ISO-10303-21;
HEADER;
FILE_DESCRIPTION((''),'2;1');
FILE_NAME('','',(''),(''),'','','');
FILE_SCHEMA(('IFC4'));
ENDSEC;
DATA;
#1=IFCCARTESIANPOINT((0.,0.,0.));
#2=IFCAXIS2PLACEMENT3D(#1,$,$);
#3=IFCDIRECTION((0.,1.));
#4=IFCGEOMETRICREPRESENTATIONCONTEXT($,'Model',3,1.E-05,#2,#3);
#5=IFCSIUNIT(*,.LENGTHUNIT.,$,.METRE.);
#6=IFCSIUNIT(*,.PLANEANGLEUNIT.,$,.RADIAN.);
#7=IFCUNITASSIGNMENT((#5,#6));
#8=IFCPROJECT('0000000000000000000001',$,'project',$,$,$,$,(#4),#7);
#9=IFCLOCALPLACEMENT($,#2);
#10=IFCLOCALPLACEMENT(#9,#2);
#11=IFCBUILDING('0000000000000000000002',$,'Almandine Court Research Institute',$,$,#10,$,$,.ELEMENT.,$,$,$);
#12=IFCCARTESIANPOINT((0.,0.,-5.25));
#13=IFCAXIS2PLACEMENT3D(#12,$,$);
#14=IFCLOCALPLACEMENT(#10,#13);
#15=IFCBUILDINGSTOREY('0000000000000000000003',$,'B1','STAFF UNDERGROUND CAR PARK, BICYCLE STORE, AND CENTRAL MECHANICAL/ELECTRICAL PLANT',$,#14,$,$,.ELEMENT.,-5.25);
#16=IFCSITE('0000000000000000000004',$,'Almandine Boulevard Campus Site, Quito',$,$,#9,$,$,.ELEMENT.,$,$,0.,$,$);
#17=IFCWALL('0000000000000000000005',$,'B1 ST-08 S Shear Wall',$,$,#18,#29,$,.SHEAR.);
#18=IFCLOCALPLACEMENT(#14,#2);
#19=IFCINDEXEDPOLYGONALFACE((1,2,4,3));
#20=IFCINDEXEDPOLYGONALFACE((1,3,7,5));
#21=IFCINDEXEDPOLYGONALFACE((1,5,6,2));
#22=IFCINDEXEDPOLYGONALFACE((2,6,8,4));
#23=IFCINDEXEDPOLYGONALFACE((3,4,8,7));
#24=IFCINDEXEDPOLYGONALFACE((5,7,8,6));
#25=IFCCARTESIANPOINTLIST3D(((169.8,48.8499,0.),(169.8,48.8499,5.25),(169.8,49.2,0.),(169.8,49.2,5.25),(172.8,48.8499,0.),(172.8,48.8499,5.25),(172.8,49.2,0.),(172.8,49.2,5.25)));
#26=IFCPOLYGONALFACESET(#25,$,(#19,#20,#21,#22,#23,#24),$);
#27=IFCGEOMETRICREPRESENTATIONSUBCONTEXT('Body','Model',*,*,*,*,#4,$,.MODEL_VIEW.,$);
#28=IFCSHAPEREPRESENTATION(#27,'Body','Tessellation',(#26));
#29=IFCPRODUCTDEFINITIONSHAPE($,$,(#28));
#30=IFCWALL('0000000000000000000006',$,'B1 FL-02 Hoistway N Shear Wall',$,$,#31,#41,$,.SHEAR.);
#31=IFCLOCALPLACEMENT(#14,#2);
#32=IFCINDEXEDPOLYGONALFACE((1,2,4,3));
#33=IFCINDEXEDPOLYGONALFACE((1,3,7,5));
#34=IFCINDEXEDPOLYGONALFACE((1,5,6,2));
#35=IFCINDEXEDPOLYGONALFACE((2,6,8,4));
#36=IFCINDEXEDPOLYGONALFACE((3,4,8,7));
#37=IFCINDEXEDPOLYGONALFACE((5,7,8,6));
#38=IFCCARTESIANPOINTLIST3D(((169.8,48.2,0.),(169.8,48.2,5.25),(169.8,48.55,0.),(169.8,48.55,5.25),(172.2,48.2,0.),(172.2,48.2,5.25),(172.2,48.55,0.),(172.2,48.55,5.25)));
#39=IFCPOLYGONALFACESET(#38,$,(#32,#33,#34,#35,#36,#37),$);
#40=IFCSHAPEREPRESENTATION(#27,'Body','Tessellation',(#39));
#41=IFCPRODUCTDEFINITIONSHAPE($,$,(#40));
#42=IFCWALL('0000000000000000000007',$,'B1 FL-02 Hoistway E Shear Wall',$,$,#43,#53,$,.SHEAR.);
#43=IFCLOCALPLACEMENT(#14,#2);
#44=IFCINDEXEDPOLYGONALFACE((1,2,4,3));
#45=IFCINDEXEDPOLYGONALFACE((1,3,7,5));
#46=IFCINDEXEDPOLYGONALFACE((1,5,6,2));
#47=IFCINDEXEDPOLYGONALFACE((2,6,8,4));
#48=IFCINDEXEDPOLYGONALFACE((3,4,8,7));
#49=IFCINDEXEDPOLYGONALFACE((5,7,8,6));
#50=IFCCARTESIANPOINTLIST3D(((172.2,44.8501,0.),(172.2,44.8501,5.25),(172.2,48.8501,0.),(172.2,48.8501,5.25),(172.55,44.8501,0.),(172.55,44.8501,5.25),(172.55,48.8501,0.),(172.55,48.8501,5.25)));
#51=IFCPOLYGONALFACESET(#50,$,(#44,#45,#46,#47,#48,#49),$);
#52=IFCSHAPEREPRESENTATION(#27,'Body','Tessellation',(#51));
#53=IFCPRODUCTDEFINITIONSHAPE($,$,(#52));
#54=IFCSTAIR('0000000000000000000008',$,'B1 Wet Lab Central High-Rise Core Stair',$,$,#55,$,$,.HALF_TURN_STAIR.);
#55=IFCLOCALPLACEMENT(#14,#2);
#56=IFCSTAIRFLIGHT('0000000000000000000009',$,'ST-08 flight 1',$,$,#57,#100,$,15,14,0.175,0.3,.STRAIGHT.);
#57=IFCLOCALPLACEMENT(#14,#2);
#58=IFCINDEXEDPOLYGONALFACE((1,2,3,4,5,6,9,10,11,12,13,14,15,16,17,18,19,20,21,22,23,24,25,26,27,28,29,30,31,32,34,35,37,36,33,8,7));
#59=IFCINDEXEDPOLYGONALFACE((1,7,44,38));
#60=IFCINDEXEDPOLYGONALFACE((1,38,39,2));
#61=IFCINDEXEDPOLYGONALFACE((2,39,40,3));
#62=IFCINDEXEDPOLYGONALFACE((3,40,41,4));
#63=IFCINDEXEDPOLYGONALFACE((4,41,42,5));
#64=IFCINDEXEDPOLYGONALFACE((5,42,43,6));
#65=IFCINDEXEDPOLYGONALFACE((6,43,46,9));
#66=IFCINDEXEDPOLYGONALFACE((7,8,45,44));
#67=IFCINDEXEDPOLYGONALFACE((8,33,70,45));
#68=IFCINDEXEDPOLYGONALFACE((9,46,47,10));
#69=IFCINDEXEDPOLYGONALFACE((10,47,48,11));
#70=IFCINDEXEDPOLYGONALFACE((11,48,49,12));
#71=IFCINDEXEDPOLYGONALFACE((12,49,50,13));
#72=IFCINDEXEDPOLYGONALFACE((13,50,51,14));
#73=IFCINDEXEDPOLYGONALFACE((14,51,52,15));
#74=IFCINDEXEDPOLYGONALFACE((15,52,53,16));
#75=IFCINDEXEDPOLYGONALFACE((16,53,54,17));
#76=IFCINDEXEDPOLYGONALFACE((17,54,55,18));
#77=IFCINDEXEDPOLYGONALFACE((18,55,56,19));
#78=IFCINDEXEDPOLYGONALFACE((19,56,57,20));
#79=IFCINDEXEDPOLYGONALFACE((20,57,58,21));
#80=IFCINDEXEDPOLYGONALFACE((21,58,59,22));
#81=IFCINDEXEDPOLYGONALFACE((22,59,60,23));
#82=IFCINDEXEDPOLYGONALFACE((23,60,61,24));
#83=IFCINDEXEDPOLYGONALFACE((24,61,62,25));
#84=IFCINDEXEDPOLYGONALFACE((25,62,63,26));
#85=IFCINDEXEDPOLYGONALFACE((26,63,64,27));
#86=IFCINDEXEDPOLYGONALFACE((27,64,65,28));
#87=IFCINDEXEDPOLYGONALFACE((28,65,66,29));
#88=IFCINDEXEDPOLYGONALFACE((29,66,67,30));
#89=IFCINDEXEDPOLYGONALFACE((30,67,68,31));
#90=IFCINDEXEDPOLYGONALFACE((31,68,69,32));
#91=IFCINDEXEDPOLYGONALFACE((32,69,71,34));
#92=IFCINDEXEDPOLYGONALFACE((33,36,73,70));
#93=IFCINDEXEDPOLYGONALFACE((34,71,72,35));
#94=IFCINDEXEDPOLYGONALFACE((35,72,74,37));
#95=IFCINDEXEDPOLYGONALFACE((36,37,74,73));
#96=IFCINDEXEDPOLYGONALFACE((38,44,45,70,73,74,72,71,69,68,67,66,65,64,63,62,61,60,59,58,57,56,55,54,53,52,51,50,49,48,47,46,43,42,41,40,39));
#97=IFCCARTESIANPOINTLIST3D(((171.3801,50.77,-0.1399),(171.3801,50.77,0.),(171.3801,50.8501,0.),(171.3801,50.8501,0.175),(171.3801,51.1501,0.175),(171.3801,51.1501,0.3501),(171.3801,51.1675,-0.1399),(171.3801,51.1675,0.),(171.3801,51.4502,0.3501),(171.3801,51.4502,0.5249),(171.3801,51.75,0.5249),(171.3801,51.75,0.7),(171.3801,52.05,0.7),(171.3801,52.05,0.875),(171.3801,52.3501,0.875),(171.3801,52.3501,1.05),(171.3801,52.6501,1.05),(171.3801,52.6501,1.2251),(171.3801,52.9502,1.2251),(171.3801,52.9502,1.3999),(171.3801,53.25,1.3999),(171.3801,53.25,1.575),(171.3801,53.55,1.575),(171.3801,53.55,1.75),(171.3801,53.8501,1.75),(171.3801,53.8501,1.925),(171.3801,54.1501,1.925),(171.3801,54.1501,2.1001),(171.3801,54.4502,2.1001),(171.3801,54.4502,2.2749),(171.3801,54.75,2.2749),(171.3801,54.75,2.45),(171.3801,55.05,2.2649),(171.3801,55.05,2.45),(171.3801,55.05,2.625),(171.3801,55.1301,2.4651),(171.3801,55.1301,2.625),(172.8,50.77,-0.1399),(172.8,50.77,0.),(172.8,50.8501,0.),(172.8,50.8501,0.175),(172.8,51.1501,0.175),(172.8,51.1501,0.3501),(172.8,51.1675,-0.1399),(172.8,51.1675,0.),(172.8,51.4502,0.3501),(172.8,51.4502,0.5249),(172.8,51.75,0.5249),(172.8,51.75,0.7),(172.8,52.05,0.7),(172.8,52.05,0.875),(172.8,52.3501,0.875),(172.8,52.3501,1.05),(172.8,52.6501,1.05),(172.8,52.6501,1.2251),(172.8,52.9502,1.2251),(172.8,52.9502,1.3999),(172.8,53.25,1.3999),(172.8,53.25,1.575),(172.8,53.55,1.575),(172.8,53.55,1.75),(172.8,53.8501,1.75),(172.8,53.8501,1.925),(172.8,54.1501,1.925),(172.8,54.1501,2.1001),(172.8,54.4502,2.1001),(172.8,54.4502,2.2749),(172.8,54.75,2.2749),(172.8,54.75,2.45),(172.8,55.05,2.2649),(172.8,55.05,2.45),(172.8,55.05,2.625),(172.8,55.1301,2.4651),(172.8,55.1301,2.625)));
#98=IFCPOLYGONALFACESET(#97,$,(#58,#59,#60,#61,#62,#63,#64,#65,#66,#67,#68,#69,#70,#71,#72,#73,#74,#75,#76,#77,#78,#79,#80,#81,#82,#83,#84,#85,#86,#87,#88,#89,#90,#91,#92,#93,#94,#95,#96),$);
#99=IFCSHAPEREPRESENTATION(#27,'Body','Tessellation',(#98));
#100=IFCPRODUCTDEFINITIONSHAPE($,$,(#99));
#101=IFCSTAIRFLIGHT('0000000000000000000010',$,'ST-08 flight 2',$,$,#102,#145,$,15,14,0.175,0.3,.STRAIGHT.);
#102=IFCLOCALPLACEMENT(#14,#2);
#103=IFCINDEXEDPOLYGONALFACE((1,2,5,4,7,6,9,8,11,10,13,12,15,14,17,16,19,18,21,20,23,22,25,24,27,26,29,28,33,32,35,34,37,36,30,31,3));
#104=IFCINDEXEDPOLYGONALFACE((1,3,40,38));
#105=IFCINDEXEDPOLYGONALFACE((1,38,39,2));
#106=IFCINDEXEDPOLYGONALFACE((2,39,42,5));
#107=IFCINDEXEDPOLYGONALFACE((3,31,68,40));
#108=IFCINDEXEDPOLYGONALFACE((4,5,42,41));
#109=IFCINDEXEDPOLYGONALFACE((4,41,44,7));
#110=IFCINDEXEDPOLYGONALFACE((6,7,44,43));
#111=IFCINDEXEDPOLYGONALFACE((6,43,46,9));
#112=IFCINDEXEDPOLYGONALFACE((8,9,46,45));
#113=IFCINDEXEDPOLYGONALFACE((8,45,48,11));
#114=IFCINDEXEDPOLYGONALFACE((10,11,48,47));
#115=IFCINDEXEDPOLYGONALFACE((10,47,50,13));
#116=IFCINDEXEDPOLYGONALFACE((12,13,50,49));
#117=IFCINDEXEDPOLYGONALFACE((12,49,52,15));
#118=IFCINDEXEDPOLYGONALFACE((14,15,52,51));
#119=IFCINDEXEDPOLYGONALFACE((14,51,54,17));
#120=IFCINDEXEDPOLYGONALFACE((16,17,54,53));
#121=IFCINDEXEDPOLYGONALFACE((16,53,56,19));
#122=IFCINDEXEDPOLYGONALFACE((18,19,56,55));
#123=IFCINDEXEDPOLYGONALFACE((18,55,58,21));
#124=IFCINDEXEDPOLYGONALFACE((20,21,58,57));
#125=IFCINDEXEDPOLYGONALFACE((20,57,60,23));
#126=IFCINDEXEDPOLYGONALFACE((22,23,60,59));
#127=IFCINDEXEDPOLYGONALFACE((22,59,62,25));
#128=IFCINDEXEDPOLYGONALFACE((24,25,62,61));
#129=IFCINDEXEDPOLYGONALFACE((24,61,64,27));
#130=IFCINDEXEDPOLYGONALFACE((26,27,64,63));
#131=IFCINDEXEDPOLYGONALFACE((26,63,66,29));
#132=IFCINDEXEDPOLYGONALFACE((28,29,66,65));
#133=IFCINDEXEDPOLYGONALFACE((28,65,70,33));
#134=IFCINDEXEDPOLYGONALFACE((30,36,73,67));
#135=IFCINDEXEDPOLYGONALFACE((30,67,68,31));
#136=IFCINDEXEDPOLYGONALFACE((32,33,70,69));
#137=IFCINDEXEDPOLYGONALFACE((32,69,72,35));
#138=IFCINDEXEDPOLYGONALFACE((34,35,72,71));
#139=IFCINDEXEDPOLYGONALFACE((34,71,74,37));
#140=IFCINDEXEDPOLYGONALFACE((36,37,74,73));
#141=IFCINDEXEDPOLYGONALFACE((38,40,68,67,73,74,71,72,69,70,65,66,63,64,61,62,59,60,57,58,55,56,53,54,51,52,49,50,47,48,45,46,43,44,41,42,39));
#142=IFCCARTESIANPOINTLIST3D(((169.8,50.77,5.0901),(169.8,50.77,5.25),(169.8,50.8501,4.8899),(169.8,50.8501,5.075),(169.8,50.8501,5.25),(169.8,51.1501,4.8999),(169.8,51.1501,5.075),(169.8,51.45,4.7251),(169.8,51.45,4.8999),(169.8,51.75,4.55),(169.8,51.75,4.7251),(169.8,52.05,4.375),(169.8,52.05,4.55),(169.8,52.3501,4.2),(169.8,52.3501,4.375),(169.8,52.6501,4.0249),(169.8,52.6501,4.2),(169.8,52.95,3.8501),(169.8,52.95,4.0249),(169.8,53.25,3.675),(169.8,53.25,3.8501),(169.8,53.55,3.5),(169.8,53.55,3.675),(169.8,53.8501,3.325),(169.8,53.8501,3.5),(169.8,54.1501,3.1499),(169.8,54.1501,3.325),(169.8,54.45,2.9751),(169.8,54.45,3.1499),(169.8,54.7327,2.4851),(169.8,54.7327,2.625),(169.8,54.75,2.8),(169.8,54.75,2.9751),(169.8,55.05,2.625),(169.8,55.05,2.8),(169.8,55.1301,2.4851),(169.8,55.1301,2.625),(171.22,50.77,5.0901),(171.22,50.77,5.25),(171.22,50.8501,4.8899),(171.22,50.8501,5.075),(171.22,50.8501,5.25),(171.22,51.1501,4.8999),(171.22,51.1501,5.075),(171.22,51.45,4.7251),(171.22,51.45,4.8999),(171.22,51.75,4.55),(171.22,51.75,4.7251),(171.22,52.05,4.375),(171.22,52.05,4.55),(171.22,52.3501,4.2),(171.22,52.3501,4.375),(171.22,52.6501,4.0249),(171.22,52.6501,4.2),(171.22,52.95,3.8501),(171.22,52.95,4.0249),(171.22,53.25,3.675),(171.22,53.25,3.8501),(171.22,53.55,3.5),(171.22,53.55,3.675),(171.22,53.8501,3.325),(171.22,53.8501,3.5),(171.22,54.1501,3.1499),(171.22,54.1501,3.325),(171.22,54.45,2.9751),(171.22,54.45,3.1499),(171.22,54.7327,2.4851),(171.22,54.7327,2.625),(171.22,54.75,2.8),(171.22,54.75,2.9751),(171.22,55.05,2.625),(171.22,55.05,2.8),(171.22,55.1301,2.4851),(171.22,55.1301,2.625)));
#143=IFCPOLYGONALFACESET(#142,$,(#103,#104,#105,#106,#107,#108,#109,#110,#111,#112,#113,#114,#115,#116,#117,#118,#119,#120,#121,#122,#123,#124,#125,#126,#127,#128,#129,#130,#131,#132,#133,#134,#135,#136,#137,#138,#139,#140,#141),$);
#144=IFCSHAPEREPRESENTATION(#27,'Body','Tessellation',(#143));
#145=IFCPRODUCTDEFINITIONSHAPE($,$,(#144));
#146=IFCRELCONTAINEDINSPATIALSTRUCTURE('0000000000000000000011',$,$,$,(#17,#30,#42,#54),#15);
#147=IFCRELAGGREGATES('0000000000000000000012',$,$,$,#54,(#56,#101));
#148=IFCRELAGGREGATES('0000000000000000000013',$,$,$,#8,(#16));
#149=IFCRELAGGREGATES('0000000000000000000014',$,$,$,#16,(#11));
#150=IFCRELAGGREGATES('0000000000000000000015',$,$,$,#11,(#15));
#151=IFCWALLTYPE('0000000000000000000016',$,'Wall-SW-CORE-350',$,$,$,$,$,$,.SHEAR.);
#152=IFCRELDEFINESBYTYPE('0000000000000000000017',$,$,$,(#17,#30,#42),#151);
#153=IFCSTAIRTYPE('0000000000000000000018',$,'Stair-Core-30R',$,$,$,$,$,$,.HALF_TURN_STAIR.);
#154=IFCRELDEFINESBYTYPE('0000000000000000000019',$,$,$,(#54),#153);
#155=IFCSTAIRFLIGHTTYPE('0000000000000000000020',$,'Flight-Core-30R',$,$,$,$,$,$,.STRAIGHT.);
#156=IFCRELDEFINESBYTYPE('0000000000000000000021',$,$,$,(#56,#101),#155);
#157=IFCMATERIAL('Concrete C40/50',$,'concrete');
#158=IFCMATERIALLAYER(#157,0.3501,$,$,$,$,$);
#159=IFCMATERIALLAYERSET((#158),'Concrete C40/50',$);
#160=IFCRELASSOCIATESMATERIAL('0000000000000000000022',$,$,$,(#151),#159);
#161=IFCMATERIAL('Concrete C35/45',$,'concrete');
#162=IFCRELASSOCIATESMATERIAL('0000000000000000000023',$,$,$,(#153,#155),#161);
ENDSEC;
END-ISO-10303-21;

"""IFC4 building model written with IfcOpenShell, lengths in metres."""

from ifc_helpers import new_model, si_unit, direction, frame, frame_2d, origin, place, context, subcontext, project, spatial, polyline, rectangle, outline, extrude, material, layer, layer_set, type_object, element, aggregate, save


model = new_model("IFC4")

# Units and contexts
model_context = context("Model", 3, precision=1e-05, world=origin(), true_north=direction((0.0, 1.0)))
body_context = subcontext(model_context, "Body", "Model", "MODEL_VIEW")
ifc_project = project(units=[si_unit("LENGTHUNIT", "METRE"), si_unit("PLANEANGLEUNIT", "RADIAN")], contexts=[model_context])

# Site, building, storey
site_placement = place(None, origin())
site = spatial("IfcSite", under=ifc_project, at=site_placement, Name="Almandine Boulevard Campus Site, Quito", CompositionType="ELEMENT", RefElevation=0.0)
building_placement = place(site_placement, origin())
building = spatial("IfcBuilding", under=site, at=building_placement, Name="Almandine Court Research Institute", CompositionType="ELEMENT")
storey_placement = place(building_placement, frame((0.0, 0.0, -5.25)))
storey = spatial("IfcBuildingStorey", under=building, at=storey_placement, Name="B1", Description="STAFF UNDERGROUND CAR PARK, BICYCLE STORE, AND CENTRAL MECHANICAL/ELECTRICAL PLANT", CompositionType="ELEMENT", Elevation=-5.25)

# Shared definitions
ifc_material_1 = material(Name="Concrete C35/45", Category="concrete")

# Shared definitions
ifc_material_2 = material(Name="Concrete C40/50", Category="concrete")

# Shared definitions
ifc_layer_1 = layer(ifc_material_2, 0.3501)
ifc_layer_set_1 = layer_set([ifc_layer_1], Name="Concrete C40/50")
wall_type_1 = type_object("IfcWallType", Name="Wall-SW-CORE-350", PredefinedType="SHEAR", material=ifc_layer_set_1)

# Walls
wall_1_placement = place(storey_placement, frame((172.8, 49.0249, 0.0), z_axis=(0.0, 0.0, 1.0), x_axis=(-1.0, 0.0, 0.0)))
element("IfcWall", 1, at=wall_1_placement, inside=storey, type_object=wall_type_1, Name="B1 ST-08 S Shear Wall", PredefinedType="SHEAR", context=body_context, shape_type="SweptSolid", body=[
    extrude(rectangle(XDim=3.0, YDim=0.3501, at=frame_2d((1.5, 0.0))), origin(), (0.0, 0.0, 1.0), 5.25),
])
wall_2_placement = place(storey_placement, frame((169.8, 48.375, 0.0), z_axis=(0.0, 0.0, 1.0), x_axis=(1.0, 0.0, 0.0)))
element("IfcWall", 2, at=wall_2_placement, inside=storey, type_object=wall_type_1, Name="B1 FL-02 Hoistway N Shear Wall", PredefinedType="SHEAR", context=body_context, shape_type="SweptSolid", body=[
    extrude(rectangle(XDim=2.3999, YDim=0.3501, at=frame_2d((1.2, 0.0))), origin(), (0.0, 0.0, 1.0), 5.25),
])
wall_3_placement = place(storey_placement, frame((172.375, 48.8501, 0.0), z_axis=(0.0, 0.0, 1.0), x_axis=(0.0, -1.0, 0.0)))
element("IfcWall", 3, at=wall_3_placement, inside=storey, type_object=wall_type_1, Name="B1 FL-02 Hoistway E Shear Wall", PredefinedType="SHEAR", context=body_context, shape_type="SweptSolid", body=[
    extrude(rectangle(XDim=4.0, YDim=0.3501, at=frame_2d((2.0, 0.0))), origin(), (0.0, 0.0, 1.0), 5.25),
])

# Stair, stair flights
stair_type = type_object("IfcStairType", Name="Stair-Core-30R", PredefinedType="HALF_TURN_STAIR", material=ifc_material_1)
stair_placement = place(storey_placement, origin())
stair = element("IfcStair", 4, at=stair_placement, inside=storey, type_object=stair_type, Name="B1 Wet Lab Central High-Rise Core Stair", PredefinedType="HALF_TURN_STAIR")
stair_flight_type = type_object("IfcStairFlightType", Name="Flight-Core-30R", PredefinedType="STRAIGHT", material=ifc_material_1)
stair_flight_1_placement = place(storey_placement, frame((172.0901, 50.8501, 0.0), z_axis=(0.0, 0.0, 1.0), x_axis=(0.0, 1.0, 0.0)))
stair_flight_1 = element("IfcStairFlight", 5, at=stair_flight_1_placement, type_object=stair_flight_type, Name="ST-08 flight 1", NumberOfRisers=15, NumberOfTreads=14, PredefinedType="STRAIGHT", RiserHeight=0.175, TreadLength=0.3, context=body_context, shape_type="SweptSolid", body=[
    extrude(outline(polyline([(-0.0801, -0.1399), (-0.0801, 0.0), (0.0, 0.0), (0.0, 0.175), (0.3, 0.175), (0.3, 0.3501), (0.6001, 0.3501), (0.6001, 0.5249), (0.8999, 0.5249), (0.8999, 0.7), (1.2, 0.7), (1.2, 0.875), (1.5, 0.875), (1.5, 1.05), (1.8, 1.05), (1.8, 1.2251), (2.1001, 1.2251), (2.1001, 1.3999), (2.3999, 1.3999), (2.3999, 1.575), (2.7, 1.575), (2.7, 1.75), (3.0, 1.75), (3.0, 1.925), (3.3, 1.925), (3.3, 2.1001), (3.6001, 2.1001), (3.6001, 2.2749), (3.8999, 2.2749), (3.8999, 2.45), (4.2, 2.45), (4.2, 2.625), (4.28, 2.625), (4.28, 2.4651), (4.2, 2.2649), (0.3174, 0.0), (0.3174, -0.1399), (-0.0801, -0.1399)])), frame((0.0, 0.71, 0.0), z_axis=(0.0, -1.0, 0.0), x_axis=(1.0, 0.0, 0.0)), (0.0, 0.0, 1.0), 1.4199),
])
stair_flight_2_placement = place(storey_placement, frame((170.51, 55.05, 2.625), z_axis=(0.0, 0.0, 1.0), x_axis=(0.0, -1.0, 0.0)))
stair_flight_2 = element("IfcStairFlight", 6, at=stair_flight_2_placement, type_object=stair_flight_type, Name="ST-08 flight 2", NumberOfRisers=15, NumberOfTreads=14, PredefinedType="STRAIGHT", RiserHeight=0.175, TreadLength=0.3, context=body_context, shape_type="SweptSolid", body=[
    extrude(outline(polyline([(-0.0801, -0.1399), (-0.0801, 0.0), (0.0, 0.0), (0.0, 0.175), (0.3, 0.175), (0.3, 0.3501), (0.6001, 0.3501), (0.6001, 0.5249), (0.8999, 0.5249), (0.8999, 0.7), (1.2, 0.7), (1.2, 0.875), (1.5, 0.875), (1.5, 1.05), (1.8, 1.05), (1.8, 1.2251), (2.1001, 1.2251), (2.1001, 1.3999), (2.3999, 1.3999), (2.3999, 1.575), (2.7, 1.575), (2.7, 1.75), (3.0, 1.75), (3.0, 1.925), (3.3, 1.925), (3.3, 2.1001), (3.6001, 2.1001), (3.6001, 2.2749), (3.8999, 2.2749), (3.8999, 2.45), (4.2, 2.45), (4.2, 2.625), (4.28, 2.625), (4.28, 2.4651), (4.2, 2.2649), (0.3174, 0.0), (0.3174, -0.1399), (-0.0801, -0.1399)])), frame((0.0, 0.71, 0.0), z_axis=(0.0, -1.0, 0.0), x_axis=(1.0, 0.0, 0.0)), (0.0, 0.0, 1.0), 1.4199),
])
aggregate(stair, [stair_flight_1, stair_flight_2])

save(model, "model.ifc")
